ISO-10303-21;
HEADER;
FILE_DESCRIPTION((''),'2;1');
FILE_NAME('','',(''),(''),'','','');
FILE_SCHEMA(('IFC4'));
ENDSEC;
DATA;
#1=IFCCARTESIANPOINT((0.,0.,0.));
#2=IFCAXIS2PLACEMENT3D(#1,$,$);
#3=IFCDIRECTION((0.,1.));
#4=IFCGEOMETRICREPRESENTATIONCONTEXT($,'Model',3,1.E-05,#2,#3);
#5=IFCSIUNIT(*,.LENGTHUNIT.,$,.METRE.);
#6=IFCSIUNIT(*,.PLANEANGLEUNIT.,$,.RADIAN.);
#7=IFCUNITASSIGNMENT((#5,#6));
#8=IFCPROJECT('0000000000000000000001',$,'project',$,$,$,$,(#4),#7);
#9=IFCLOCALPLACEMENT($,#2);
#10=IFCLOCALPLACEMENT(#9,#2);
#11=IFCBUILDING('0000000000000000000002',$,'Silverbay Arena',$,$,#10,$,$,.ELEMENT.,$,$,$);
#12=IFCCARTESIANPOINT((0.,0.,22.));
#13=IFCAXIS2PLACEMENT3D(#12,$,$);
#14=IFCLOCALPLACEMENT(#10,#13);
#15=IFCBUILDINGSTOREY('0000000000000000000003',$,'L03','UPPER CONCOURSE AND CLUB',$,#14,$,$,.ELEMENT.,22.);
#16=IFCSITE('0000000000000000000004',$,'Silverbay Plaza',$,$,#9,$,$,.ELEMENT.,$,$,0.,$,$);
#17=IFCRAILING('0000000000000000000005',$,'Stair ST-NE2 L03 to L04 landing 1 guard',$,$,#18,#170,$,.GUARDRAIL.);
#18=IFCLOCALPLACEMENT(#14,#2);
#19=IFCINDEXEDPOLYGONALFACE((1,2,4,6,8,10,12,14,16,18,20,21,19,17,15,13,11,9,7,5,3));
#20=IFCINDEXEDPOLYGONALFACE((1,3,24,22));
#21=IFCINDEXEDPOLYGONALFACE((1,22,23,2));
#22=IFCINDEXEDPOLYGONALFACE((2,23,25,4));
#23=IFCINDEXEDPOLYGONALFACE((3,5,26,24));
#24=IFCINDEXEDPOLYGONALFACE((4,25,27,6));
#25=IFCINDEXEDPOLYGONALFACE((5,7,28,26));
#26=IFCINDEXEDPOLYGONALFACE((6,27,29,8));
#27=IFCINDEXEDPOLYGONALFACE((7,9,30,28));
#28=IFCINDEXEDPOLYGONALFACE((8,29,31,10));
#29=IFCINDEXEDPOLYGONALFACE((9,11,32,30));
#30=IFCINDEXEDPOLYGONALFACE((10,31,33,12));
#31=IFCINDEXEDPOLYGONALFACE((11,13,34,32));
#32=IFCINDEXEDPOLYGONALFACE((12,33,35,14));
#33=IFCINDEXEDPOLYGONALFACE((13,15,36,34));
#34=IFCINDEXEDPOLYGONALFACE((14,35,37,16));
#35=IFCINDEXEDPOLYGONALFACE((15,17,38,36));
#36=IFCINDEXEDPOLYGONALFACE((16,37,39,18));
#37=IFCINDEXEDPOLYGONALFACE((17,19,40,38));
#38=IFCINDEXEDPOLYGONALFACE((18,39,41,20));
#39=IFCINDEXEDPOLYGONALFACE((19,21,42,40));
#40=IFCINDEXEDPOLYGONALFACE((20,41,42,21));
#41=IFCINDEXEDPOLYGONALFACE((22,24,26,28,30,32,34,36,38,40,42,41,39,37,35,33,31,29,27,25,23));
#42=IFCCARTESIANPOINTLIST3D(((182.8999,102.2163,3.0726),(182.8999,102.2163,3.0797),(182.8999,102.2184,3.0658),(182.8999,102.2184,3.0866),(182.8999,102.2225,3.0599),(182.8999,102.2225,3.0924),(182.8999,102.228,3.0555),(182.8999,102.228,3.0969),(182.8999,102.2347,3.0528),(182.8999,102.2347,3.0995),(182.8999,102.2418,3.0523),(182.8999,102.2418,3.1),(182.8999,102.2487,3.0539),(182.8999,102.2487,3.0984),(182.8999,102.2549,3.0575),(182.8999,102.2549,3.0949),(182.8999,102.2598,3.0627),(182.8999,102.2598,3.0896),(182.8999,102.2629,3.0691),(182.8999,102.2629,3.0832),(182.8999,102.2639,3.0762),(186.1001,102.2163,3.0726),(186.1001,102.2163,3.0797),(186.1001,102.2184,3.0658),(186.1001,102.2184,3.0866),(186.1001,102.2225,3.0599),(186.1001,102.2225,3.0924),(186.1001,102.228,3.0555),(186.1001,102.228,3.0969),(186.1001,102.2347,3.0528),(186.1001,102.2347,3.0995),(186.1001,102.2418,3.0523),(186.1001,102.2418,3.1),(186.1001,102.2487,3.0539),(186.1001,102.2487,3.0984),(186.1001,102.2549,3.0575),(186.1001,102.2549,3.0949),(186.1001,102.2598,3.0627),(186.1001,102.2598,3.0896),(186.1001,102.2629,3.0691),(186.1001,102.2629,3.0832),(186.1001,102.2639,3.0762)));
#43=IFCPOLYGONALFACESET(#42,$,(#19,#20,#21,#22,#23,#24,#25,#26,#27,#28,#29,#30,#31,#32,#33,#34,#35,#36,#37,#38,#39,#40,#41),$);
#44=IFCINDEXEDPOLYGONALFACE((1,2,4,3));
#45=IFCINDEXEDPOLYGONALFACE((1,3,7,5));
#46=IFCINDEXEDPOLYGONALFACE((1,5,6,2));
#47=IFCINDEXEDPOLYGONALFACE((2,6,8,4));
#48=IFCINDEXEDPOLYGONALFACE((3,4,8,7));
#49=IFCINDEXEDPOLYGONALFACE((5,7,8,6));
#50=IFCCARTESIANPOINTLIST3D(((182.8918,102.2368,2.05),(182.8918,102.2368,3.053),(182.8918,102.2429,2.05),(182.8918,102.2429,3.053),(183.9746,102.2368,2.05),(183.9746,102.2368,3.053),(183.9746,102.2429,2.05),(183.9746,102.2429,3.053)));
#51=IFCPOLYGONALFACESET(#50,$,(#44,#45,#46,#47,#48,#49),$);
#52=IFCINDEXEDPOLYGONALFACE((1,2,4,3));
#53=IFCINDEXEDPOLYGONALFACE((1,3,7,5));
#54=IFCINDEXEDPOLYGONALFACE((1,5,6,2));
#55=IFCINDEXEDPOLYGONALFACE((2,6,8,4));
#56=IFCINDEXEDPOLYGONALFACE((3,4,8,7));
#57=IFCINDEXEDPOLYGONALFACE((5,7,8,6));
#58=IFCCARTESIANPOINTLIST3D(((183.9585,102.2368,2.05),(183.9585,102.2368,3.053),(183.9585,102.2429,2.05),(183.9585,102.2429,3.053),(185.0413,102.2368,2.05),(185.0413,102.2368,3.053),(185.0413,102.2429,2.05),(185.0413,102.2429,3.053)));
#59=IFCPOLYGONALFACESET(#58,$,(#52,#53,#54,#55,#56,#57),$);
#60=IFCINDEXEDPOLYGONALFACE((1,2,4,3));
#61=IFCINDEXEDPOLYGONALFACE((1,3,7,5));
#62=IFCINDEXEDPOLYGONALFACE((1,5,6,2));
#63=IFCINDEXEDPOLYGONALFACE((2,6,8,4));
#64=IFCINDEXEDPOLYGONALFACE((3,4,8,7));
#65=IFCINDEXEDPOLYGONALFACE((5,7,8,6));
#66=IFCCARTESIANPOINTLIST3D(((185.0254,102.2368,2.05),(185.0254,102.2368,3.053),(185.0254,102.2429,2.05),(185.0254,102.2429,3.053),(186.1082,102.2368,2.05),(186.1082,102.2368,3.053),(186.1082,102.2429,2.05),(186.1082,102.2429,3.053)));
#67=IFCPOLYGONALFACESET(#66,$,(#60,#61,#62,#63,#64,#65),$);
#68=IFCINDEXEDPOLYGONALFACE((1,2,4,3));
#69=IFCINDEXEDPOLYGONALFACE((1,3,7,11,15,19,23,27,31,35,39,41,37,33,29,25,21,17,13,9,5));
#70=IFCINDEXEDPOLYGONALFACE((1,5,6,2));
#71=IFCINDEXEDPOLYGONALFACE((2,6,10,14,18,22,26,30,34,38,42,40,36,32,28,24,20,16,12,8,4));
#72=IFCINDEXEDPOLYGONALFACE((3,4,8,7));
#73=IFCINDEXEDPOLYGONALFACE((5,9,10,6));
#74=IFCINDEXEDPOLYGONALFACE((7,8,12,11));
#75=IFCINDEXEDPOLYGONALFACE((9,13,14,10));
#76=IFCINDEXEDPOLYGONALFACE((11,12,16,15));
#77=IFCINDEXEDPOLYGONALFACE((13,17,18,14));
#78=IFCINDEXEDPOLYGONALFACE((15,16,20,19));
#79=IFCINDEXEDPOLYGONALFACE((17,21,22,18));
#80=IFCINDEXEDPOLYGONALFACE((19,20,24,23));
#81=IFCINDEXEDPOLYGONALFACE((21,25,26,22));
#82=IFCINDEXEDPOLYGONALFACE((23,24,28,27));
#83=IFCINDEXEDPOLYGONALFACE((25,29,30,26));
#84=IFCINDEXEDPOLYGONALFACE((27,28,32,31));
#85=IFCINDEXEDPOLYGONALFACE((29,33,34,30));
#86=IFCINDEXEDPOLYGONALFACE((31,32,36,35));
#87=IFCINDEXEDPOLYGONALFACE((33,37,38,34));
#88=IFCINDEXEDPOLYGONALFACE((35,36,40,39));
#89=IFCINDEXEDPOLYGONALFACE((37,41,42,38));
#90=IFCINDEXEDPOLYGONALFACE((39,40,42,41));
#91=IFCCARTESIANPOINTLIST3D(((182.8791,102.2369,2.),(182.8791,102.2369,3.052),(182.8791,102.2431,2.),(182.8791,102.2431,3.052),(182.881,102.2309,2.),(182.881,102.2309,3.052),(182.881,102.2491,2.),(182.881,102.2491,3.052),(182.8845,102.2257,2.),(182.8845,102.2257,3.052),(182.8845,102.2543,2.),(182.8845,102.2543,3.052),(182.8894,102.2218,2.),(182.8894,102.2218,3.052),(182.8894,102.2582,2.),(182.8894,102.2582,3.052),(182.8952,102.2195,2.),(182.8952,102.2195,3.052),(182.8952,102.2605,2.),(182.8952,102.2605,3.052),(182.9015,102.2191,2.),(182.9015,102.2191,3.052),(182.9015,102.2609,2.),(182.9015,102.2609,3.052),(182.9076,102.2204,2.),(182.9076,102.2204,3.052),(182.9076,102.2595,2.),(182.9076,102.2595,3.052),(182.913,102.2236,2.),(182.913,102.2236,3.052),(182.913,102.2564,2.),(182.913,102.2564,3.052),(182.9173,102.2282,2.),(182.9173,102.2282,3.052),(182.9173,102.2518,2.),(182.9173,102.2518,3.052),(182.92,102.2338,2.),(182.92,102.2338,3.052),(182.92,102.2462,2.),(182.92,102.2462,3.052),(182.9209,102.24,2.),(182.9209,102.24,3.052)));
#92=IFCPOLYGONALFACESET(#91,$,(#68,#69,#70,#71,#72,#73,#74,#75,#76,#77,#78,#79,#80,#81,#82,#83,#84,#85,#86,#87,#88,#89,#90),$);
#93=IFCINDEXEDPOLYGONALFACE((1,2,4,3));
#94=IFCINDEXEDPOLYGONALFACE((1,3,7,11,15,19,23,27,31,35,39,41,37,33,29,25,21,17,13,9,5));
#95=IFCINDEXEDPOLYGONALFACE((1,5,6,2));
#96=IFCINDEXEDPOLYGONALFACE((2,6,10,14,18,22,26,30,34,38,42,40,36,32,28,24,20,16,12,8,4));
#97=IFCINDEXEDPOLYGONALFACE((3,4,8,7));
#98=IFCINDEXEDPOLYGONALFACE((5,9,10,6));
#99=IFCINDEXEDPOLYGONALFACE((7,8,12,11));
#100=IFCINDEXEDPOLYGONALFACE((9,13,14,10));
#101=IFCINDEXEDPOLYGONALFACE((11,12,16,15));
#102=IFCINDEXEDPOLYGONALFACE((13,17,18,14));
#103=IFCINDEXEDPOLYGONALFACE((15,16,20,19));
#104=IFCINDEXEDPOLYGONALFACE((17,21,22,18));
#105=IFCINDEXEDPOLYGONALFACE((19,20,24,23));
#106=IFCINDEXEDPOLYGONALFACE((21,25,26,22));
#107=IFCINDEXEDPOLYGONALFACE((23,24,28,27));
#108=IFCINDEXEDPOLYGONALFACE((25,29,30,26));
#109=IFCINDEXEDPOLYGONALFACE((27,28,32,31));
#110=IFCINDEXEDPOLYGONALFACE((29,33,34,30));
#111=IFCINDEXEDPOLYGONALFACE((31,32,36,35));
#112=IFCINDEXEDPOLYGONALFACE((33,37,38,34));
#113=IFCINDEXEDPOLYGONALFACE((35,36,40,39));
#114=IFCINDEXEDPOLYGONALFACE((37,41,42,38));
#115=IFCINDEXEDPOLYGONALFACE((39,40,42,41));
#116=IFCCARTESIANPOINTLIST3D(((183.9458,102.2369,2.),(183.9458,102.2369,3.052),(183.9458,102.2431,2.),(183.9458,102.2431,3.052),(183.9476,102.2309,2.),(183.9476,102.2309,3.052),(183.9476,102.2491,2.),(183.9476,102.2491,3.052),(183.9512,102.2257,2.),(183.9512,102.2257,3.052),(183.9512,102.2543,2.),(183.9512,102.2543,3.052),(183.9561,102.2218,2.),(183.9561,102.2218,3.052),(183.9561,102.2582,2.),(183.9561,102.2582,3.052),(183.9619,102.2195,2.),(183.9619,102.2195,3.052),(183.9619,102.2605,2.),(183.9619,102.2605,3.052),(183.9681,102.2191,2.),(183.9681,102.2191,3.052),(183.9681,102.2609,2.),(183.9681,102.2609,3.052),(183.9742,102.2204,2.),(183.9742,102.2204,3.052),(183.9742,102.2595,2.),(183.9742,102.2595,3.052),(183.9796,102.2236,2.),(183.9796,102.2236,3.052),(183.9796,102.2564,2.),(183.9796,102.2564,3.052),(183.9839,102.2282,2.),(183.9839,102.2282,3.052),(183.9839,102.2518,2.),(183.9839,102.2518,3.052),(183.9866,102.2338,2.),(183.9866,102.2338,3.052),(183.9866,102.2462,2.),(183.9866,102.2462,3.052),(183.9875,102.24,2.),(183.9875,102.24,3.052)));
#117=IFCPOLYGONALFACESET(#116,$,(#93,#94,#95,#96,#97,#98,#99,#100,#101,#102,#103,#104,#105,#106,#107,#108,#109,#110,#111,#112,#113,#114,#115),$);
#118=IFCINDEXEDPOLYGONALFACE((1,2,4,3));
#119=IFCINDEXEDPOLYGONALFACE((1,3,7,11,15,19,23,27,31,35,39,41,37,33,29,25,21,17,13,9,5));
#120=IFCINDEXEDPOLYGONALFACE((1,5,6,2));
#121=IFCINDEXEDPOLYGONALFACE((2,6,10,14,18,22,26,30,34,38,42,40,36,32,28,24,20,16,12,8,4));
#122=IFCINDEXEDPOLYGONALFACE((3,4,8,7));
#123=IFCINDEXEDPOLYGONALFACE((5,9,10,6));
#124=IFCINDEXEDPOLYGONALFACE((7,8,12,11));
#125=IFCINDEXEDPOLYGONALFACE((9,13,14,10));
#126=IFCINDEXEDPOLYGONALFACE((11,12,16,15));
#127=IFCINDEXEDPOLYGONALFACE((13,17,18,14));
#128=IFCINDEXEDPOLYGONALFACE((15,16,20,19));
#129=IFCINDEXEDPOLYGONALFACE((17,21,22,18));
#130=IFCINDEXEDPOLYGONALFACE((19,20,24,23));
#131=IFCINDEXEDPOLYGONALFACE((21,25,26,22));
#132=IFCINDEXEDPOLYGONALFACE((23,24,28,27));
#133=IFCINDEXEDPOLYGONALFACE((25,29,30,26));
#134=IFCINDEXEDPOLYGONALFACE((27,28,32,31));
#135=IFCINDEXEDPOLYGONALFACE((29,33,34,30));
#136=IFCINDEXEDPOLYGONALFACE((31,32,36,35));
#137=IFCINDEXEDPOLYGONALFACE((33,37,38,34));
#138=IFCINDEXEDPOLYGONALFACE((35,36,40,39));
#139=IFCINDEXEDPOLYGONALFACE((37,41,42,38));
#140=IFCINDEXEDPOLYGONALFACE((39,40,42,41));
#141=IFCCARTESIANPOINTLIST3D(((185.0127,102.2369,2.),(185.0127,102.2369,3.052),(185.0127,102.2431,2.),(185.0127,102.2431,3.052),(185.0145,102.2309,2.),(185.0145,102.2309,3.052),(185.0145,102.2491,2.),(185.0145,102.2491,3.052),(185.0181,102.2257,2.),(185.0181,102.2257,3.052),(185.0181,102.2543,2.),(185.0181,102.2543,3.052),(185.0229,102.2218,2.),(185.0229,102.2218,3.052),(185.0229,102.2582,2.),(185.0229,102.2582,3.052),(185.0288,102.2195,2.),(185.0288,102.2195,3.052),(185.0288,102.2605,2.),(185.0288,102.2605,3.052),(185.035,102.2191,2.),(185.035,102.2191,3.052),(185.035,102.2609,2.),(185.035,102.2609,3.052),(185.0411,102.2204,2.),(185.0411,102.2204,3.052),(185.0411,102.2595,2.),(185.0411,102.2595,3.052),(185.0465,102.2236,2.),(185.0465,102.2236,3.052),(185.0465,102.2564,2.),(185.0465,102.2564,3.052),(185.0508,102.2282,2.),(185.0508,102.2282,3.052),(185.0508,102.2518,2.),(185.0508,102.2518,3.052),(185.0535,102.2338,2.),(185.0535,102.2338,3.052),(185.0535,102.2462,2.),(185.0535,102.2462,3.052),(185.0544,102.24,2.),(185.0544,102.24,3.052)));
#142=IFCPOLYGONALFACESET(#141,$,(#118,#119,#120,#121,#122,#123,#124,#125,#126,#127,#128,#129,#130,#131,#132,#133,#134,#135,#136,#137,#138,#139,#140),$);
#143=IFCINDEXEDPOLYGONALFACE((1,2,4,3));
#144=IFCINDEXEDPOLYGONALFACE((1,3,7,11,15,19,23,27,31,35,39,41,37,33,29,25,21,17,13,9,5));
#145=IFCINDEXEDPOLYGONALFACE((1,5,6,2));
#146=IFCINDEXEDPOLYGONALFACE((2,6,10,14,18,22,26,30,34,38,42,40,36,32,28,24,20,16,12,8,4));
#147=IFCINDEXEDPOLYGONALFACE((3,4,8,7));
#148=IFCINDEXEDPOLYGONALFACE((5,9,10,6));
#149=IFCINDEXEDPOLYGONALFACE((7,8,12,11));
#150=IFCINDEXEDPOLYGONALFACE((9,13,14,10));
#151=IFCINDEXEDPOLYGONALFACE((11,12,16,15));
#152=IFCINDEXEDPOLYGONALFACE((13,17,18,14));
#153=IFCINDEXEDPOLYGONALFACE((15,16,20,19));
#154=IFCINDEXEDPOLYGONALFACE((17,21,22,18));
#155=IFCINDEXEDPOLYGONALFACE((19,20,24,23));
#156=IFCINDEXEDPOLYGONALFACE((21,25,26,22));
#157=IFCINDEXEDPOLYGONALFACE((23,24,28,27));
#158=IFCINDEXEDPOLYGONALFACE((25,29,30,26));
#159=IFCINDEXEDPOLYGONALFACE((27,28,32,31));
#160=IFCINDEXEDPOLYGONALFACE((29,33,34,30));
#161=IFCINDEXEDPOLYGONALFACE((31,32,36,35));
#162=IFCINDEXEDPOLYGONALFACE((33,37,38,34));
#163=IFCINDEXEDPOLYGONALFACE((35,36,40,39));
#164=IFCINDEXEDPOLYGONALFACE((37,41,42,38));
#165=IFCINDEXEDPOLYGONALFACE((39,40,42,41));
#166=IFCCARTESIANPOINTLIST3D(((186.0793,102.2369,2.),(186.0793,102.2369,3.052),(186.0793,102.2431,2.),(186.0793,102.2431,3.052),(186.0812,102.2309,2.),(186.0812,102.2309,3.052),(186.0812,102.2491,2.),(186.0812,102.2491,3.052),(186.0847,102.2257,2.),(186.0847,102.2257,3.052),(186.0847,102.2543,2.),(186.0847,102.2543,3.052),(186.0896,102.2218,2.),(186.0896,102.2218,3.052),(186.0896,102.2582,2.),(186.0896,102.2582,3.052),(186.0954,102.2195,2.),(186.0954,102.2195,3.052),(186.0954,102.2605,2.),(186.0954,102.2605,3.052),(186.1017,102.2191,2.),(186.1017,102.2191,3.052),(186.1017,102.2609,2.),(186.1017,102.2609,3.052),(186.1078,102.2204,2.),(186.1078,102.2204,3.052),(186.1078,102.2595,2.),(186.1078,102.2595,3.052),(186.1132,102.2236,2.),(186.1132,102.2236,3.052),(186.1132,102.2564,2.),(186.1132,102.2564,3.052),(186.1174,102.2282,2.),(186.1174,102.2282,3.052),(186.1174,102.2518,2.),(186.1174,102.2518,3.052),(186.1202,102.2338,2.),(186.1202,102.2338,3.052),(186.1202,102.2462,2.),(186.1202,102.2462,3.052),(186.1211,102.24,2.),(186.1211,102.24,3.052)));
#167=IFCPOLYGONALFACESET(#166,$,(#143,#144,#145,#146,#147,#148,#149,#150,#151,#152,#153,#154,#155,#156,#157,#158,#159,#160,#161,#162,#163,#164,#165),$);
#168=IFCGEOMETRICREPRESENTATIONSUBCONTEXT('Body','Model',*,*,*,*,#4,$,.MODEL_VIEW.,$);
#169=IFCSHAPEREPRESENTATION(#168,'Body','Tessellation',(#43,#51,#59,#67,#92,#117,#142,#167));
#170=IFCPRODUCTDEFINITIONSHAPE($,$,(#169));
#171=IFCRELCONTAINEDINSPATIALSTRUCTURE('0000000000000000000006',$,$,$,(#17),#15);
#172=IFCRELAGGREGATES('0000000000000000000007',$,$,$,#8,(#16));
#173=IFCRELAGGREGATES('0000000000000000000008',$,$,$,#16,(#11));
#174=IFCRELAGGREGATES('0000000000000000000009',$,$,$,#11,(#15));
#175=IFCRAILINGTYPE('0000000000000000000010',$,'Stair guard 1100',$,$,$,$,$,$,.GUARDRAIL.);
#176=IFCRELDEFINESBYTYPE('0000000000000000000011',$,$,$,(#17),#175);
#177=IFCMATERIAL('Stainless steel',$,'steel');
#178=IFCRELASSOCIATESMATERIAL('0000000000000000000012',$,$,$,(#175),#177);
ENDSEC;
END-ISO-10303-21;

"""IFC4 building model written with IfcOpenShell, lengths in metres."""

from ifc_helpers import new_model, si_unit, direction, frame, origin, origin_2d, place, context, subcontext, project, spatial, polyline, circle, outline, extrude, material, type_object, element, save


model = new_model("IFC4")

# Units and contexts
model_context = context("Model", 3, precision=1e-05, world=origin(), true_north=direction((0.0, 1.0)))
body_context = subcontext(model_context, "Body", "Model", "MODEL_VIEW")
ifc_project = project(units=[si_unit("LENGTHUNIT", "METRE"), si_unit("PLANEANGLEUNIT", "RADIAN")], contexts=[model_context])

# Site, building, storey
site_placement = place(None, origin())
site = spatial("IfcSite", under=ifc_project, at=site_placement, Name="Silverbay Plaza", CompositionType="ELEMENT", RefElevation=0.0)
building_placement = place(site_placement, origin())
building = spatial("IfcBuilding", under=site, at=building_placement, Name="Silverbay Arena", CompositionType="ELEMENT")
storey_placement = place(building_placement, frame((0.0, 0.0, 22.0)))
storey = spatial("IfcBuildingStorey", under=building, at=storey_placement, Name="L03", Description="UPPER CONCOURSE AND CLUB", CompositionType="ELEMENT", Elevation=22.0)

# Railing
ifc_material_1 = material(Name="Stainless steel", Category="steel")
railing_type_1 = type_object("IfcRailingType", Name="Stair guard 1100", PredefinedType="GUARDRAIL", material=ifc_material_1)
for number, where, name in (
    (1, (182.8999, 102.24, 2.0), "Stair ST-NE2 L03 to L04 landing 1 guard"),
):
    element("IfcRailing", number, at=place(storey_placement, frame(where)), inside=storey, type_object=railing_type_1, Name=name, PredefinedType="GUARDRAIL", context=body_context, shape_type="SweptSolid", body=[
        extrude(circle(Radius=0.0239, at=origin_2d()), frame((0.0, 0.0, 1.0762), z_axis=(1.0, 0.0, 0.0), x_axis=(0.0, 1.0, 0.0)), (0.0, 0.0, 1.0), 3.2002),
        extrude(outline(polyline([(-0.0081, 0.05), (1.0747, 0.05), (1.0747, 1.053), (-0.0081, 1.053), (-0.0081, 0.05)])), frame((0.0, 0.0029, 0.0), z_axis=(0.0, -1.0, 0.0), x_axis=(1.0, 0.0, 0.0)), (0.0, 0.0, 1.0), 0.0061),
        extrude(outline(polyline([(-0.0081, 0.05), (1.0747, 0.05), (1.0747, 1.053), (-0.0081, 1.053), (-0.0081, 0.05)])), frame((1.0667, 0.0029, 0.0), z_axis=(0.0, -1.0, 0.0), x_axis=(1.0, 0.0, 0.0)), (0.0, 0.0, 1.0), 0.0061),
        extrude(outline(polyline([(-0.0081, 0.05), (1.0747, 0.05), (1.0747, 1.053), (-0.0081, 1.053), (-0.0081, 0.05)])), frame((2.1335, 0.0029, 0.0), z_axis=(0.0, -1.0, 0.0), x_axis=(1.0, 0.0, 0.0)), (0.0, 0.0, 1.0), 0.0061),
        extrude(circle(Radius=0.021, at=origin_2d()), origin(), (0.0, 0.0, 1.0), 1.052),
        extrude(circle(Radius=0.021, at=origin_2d()), frame((1.0667, 0.0, 0.0)), (0.0, 0.0, 1.0), 1.052),
        extrude(circle(Radius=0.021, at=origin_2d()), frame((2.1335, 0.0, 0.0)), (0.0, 0.0, 1.0), 1.052),
        extrude(circle(Radius=0.021, at=origin_2d()), frame((3.2002, 0.0, 0.0)), (0.0, 0.0, 1.0), 1.052),
    ])

save(model, "model.ifc")
